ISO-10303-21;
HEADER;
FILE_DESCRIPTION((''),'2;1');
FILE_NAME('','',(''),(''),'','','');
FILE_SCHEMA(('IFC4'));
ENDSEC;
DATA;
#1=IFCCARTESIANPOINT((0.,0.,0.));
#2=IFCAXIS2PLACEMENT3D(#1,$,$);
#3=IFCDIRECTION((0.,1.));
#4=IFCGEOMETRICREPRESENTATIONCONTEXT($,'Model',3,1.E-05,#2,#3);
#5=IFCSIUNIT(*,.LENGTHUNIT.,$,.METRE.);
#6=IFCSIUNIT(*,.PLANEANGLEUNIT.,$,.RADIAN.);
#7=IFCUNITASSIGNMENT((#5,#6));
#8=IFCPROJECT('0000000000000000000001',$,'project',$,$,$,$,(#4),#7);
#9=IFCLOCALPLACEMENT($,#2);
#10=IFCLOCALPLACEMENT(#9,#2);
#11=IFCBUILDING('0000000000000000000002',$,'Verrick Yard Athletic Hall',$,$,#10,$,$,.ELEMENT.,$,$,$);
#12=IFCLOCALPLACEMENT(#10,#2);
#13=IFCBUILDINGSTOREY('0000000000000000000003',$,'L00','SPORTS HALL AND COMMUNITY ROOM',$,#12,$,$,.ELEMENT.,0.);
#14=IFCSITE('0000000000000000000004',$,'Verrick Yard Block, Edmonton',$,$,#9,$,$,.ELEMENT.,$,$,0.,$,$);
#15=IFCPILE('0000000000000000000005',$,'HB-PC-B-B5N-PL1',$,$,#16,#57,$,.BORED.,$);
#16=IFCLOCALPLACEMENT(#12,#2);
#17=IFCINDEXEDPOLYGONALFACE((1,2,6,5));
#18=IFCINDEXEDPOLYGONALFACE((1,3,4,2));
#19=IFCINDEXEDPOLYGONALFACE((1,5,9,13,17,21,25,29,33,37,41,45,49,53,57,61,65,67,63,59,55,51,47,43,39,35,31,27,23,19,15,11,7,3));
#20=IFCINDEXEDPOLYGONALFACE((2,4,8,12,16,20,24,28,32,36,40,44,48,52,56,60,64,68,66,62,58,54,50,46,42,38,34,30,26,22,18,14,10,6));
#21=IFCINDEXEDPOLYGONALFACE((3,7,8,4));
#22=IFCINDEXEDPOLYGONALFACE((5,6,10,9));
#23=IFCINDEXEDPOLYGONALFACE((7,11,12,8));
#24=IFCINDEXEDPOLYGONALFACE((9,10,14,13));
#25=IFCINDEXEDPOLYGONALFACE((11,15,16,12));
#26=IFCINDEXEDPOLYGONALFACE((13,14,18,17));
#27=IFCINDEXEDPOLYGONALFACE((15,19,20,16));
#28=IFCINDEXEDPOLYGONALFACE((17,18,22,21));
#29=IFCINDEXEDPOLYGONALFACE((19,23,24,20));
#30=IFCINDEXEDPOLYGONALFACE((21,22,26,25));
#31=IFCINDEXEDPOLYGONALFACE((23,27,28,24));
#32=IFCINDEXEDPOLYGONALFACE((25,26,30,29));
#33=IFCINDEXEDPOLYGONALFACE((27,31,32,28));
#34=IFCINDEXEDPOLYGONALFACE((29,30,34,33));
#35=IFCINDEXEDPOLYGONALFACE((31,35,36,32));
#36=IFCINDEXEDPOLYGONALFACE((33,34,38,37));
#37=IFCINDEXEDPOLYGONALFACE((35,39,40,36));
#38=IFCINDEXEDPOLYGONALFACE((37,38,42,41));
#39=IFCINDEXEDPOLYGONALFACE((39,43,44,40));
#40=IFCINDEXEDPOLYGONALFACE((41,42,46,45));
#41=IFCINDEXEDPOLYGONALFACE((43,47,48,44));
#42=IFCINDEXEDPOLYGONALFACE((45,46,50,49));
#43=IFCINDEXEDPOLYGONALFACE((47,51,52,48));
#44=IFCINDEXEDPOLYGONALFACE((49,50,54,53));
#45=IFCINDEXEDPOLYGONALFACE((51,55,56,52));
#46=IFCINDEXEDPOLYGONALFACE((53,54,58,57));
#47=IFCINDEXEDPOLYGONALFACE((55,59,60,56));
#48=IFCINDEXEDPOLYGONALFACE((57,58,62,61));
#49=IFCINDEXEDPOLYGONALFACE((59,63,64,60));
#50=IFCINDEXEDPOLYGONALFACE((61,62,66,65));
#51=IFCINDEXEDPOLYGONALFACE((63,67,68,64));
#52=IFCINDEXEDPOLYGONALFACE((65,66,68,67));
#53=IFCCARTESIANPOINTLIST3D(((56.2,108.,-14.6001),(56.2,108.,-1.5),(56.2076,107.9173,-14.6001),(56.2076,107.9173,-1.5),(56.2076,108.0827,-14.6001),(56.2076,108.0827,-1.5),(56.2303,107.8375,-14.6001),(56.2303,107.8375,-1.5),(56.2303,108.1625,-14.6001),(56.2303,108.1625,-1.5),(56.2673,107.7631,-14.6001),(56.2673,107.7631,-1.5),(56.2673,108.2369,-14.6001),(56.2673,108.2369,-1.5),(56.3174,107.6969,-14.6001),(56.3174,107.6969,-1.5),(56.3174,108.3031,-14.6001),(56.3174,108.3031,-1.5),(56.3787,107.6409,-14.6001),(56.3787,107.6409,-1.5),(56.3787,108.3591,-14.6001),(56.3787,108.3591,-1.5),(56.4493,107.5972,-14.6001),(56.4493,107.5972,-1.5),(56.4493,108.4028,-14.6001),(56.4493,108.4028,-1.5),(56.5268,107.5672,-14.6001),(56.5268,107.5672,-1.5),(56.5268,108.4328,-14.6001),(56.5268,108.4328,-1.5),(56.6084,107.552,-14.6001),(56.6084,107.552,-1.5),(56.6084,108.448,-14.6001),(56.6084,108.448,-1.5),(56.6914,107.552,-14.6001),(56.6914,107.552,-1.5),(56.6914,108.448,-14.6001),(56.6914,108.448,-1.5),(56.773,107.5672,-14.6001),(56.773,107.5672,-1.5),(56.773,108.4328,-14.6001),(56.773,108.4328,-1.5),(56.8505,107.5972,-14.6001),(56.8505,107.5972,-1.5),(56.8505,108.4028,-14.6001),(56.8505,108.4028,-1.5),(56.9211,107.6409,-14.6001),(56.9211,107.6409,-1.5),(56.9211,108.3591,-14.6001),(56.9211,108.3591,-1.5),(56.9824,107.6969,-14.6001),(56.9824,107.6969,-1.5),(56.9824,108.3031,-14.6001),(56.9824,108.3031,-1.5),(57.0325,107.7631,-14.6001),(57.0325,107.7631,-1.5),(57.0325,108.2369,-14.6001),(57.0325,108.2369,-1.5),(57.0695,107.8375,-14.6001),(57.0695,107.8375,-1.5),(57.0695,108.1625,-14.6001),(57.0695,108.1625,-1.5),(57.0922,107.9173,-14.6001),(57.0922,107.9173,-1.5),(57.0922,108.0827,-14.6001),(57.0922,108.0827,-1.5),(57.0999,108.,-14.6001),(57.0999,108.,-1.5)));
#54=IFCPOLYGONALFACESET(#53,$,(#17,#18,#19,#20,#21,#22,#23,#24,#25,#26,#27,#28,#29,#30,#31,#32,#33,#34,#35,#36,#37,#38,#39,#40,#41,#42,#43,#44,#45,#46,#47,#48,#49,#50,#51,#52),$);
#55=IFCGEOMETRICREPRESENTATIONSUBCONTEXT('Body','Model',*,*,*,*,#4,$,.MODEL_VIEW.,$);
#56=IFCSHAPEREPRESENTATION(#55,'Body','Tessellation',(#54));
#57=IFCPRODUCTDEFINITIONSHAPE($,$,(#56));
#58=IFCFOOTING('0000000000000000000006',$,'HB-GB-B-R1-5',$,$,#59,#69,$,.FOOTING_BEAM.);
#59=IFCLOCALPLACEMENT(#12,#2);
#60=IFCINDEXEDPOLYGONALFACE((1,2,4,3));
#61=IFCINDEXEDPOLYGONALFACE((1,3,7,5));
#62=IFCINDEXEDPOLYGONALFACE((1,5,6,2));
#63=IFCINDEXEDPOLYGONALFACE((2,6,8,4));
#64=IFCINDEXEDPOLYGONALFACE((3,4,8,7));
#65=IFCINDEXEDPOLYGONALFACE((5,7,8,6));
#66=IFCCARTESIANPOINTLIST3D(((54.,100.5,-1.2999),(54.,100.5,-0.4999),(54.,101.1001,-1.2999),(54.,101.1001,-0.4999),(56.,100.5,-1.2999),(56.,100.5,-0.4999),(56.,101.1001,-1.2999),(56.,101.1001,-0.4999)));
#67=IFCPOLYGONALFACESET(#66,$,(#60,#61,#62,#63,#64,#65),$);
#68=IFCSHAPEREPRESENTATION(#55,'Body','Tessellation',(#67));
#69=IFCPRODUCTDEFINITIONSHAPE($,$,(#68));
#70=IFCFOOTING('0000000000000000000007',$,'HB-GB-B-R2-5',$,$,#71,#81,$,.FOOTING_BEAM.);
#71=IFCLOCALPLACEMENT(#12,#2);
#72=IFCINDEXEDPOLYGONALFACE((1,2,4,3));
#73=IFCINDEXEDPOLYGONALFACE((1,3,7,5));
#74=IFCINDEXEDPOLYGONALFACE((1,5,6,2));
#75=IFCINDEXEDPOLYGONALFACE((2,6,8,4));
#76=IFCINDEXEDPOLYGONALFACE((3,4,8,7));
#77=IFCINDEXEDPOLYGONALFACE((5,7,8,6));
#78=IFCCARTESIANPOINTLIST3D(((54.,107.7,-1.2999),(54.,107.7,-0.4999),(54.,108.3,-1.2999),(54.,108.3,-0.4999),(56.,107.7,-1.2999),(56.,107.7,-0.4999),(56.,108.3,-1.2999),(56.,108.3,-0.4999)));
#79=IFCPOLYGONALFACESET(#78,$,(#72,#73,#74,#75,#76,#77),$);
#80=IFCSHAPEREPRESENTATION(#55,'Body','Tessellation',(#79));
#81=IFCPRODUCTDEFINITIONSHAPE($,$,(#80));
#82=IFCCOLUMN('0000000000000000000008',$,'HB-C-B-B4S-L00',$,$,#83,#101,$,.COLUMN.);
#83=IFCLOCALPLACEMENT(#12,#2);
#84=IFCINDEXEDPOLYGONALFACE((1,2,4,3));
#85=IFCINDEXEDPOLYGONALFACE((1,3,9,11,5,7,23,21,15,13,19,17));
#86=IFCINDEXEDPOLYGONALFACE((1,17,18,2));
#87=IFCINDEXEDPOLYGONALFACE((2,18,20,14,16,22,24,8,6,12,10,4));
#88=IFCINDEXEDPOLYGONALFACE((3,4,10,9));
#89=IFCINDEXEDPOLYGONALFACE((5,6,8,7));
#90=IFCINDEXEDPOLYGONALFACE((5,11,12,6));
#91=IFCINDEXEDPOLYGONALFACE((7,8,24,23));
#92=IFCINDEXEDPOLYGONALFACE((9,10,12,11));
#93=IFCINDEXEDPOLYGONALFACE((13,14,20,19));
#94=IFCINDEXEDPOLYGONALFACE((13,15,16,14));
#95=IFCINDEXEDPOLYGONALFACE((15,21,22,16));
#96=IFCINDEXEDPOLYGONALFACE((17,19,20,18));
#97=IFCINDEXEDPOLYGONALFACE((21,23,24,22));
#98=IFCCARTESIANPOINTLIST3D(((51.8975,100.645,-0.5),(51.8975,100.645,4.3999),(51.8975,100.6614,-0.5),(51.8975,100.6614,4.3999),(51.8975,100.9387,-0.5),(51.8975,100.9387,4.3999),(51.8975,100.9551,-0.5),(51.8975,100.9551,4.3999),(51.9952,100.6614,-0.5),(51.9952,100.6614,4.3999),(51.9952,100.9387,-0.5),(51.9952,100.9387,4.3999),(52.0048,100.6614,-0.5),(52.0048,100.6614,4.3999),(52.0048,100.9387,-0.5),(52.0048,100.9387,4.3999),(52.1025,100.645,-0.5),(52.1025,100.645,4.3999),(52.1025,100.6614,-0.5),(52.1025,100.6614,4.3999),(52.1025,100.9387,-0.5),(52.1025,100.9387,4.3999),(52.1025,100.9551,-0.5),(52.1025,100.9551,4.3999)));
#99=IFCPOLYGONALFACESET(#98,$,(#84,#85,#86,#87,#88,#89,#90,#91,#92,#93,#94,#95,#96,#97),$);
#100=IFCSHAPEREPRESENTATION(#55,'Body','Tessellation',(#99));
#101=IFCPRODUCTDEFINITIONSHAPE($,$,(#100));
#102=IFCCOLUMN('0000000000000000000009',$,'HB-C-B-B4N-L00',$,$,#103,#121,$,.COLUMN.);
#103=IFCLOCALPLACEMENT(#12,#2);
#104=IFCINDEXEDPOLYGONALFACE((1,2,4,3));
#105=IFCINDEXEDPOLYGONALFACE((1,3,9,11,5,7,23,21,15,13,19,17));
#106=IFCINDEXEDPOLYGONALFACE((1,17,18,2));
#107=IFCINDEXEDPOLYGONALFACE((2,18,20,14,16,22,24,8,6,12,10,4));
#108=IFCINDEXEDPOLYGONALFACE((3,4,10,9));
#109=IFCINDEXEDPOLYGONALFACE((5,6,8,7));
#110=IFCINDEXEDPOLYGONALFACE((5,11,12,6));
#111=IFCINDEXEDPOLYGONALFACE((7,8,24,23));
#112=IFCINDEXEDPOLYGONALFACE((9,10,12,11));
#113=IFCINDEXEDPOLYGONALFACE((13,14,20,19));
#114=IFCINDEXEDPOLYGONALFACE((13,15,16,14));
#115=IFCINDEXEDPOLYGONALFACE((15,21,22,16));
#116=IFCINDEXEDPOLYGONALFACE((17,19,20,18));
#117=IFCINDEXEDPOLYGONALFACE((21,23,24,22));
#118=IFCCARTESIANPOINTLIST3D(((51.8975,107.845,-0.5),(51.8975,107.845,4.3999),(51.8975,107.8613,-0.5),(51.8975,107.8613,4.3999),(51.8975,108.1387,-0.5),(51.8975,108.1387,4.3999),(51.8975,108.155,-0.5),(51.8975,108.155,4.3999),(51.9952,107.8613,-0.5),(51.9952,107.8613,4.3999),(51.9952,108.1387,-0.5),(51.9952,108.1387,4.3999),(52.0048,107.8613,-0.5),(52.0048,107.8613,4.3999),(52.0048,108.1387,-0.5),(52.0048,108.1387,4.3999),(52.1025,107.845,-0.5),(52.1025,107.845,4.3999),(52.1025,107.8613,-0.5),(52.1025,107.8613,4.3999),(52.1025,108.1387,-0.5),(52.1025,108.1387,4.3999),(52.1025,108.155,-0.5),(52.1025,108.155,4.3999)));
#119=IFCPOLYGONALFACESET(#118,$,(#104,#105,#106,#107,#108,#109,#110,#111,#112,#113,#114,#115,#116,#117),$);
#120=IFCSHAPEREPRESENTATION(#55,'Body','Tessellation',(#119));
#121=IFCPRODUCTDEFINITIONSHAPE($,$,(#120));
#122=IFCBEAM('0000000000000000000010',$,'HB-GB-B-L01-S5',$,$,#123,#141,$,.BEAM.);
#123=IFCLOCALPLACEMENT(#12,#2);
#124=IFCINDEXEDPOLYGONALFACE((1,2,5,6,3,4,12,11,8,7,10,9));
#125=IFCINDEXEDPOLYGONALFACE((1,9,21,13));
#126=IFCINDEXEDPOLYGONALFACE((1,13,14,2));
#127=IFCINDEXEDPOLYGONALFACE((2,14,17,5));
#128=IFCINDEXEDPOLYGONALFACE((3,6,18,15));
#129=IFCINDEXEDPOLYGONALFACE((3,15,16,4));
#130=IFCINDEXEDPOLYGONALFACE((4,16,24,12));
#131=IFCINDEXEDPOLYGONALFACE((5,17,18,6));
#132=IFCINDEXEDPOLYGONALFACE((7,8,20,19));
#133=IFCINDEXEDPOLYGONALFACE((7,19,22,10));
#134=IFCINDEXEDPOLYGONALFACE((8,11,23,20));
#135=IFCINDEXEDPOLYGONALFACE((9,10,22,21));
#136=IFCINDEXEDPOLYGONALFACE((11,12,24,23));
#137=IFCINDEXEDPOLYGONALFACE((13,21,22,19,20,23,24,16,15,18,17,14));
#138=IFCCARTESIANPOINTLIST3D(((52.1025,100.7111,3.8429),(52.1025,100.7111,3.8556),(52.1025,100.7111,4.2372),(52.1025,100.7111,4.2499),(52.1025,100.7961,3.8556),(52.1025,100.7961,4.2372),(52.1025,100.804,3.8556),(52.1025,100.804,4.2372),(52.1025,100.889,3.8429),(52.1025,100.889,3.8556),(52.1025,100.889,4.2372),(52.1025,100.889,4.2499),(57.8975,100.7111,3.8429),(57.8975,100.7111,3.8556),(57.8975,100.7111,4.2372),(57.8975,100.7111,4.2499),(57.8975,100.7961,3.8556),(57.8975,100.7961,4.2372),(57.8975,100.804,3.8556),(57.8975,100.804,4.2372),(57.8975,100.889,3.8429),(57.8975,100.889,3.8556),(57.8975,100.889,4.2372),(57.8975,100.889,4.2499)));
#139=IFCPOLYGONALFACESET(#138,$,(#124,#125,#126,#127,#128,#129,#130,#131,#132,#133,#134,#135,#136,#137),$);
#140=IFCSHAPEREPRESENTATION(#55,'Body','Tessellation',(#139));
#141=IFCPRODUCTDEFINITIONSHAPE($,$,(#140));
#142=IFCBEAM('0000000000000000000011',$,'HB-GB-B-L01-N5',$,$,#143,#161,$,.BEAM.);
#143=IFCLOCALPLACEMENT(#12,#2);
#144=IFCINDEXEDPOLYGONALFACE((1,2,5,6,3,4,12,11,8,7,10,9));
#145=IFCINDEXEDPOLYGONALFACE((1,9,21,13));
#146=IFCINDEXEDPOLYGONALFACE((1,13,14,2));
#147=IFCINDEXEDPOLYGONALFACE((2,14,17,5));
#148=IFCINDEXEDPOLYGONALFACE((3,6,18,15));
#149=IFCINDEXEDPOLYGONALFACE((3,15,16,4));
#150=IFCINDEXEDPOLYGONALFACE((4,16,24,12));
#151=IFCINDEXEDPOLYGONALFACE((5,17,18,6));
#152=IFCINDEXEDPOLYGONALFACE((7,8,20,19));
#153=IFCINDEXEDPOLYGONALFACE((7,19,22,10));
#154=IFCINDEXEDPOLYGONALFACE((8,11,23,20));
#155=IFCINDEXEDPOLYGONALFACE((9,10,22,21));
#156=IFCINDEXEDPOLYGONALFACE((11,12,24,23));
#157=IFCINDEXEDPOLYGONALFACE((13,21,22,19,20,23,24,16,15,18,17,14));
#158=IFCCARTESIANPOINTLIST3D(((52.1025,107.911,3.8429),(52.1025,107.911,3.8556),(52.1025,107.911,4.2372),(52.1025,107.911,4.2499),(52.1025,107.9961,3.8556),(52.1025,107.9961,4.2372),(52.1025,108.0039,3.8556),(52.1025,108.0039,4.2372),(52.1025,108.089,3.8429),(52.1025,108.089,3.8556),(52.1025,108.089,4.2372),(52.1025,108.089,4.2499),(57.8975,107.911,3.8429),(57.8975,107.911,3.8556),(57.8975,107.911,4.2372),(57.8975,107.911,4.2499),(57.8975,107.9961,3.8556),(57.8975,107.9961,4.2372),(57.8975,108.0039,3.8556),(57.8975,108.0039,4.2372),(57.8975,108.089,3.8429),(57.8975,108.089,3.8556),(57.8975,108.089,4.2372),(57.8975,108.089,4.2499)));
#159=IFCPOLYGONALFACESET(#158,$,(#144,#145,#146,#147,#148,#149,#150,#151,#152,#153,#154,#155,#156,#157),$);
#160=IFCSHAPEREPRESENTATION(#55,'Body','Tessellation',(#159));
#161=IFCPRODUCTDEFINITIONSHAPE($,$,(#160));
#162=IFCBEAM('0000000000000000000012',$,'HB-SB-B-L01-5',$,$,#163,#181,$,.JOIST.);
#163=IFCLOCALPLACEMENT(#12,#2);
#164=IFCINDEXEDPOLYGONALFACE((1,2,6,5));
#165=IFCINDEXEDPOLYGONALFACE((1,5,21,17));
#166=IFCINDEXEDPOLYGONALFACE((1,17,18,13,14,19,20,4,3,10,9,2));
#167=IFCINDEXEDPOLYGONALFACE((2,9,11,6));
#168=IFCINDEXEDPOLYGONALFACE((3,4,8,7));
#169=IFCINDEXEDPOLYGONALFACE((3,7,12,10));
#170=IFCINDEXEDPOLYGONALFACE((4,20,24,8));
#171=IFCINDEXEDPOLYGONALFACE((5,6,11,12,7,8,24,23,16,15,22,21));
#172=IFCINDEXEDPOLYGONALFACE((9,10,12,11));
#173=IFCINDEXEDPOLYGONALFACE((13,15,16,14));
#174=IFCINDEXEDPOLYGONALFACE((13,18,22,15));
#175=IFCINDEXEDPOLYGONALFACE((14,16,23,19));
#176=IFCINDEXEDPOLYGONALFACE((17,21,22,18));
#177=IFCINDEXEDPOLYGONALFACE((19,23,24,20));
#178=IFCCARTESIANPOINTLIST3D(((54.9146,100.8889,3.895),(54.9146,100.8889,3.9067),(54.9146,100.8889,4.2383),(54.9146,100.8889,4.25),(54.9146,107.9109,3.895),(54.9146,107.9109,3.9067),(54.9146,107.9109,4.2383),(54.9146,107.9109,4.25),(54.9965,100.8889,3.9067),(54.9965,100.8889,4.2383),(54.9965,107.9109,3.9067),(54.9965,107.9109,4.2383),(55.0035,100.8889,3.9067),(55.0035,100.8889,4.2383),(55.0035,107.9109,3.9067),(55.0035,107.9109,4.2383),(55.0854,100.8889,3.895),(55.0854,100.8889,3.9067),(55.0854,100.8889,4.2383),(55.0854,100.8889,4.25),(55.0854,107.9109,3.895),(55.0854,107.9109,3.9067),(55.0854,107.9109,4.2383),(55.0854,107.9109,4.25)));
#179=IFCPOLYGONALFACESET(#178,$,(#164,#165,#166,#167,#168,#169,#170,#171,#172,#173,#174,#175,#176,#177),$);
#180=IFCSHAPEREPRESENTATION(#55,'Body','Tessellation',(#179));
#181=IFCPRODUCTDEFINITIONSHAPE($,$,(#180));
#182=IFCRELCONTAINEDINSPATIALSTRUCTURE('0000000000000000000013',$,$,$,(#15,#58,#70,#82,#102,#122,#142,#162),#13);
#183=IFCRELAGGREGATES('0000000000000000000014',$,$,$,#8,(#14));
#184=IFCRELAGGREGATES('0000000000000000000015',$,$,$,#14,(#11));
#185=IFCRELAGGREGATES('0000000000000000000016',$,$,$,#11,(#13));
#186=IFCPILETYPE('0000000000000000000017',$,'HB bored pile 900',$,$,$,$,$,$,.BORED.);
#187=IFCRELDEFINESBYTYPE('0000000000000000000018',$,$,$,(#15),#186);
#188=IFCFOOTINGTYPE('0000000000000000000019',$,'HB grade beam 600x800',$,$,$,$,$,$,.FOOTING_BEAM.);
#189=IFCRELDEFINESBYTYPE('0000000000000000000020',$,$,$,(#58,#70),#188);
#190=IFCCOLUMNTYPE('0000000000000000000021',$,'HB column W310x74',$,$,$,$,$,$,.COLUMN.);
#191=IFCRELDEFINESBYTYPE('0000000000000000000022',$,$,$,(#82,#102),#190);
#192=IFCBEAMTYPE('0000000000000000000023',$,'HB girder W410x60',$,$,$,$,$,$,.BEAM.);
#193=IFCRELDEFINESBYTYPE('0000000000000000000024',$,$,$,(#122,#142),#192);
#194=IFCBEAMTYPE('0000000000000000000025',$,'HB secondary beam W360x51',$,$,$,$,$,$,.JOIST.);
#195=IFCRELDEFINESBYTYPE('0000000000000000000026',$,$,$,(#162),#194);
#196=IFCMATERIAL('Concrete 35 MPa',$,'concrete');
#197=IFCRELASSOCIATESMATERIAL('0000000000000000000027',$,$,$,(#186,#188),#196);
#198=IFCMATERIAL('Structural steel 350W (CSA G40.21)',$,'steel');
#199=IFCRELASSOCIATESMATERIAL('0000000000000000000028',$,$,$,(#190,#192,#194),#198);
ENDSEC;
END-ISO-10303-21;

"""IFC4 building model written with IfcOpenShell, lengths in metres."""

from ifc_helpers import new_model, si_unit, direction, frame, origin, origin_2d, place, context, subcontext, project, spatial, rectangle, circle, i_section, extrude, material, material_profile, profile_set, type_object, element, save


model = new_model("IFC4")

# Units and contexts
model_context = context("Model", 3, precision=1e-05, world=origin(), true_north=direction((0.0, 1.0)))
body_context = subcontext(model_context, "Body", "Model", "MODEL_VIEW")
ifc_project = project(units=[si_unit("LENGTHUNIT", "METRE"), si_unit("PLANEANGLEUNIT", "RADIAN")], contexts=[model_context])

# Site, building, storey
site_placement = place(None, origin())
site = spatial("IfcSite", under=ifc_project, at=site_placement, Name="Verrick Yard Block, Edmonton", CompositionType="ELEMENT", RefElevation=0.0)
building_placement = place(site_placement, origin())
building = spatial("IfcBuilding", under=site, at=building_placement, Name="Verrick Yard Athletic Hall", CompositionType="ELEMENT")
storey_placement = place(building_placement, origin())
storey = spatial("IfcBuildingStorey", under=building, at=storey_placement, Name="L00", Description="SPORTS HALL AND COMMUNITY ROOM", CompositionType="ELEMENT", Elevation=0.0)

# Pile
ifc_material_1 = material(Name="Concrete 35 MPa", Category="concrete")
ifc_material_profile_1 = material_profile(ifc_material_1, circle(Radius=0.45, at=origin_2d()), Name="Bored pile 900")
ifc_profile_set_1 = profile_set([ifc_material_profile_1], Name="Concrete 35 MPa")
pile_type = type_object("IfcPileType", Name="HB bored pile 900", PredefinedType="BORED", material=ifc_profile_set_1)
for number, where, z_axis, x_axis, name in (
    (1, (56.6499, 108.0, -1.5), (0.0, 0.0, -1.0), (1.0, 0.0, 0.0), "HB-PC-B-B5N-PL1"),
):
    element("IfcPile", number, at=place(storey_placement, frame(where, z_axis=z_axis, x_axis=x_axis)), inside=storey, type_object=pile_type, Name=name, PredefinedType="BORED", context=body_context, shape_type="SweptSolid", body=[
        extrude(circle(Radius=0.45, at=origin_2d()), origin(), (0.0, 0.0, 1.0), 13.1001),
    ])

# Footings
ifc_material_profile_2 = material_profile(ifc_material_1, rectangle(XDim=0.6001, YDim=0.8, at=origin_2d()), Name="Grade beam 600x800")
ifc_profile_set_2 = profile_set([ifc_material_profile_2], Name="Concrete 35 MPa")
footing_type = type_object("IfcFootingType", Name="HB grade beam 600x800", PredefinedType="FOOTING_BEAM", material=ifc_profile_set_2)
for number, where, z_axis, x_axis, name in (
    (2, (54.0, 100.8, -0.8999), (1.0, 0.0, 0.0), (0.0, 1.0, 0.0), "HB-GB-B-R1-5"),
    (3, (54.0, 108.0, -0.8999), (1.0, 0.0, 0.0), (0.0, 1.0, 0.0), "HB-GB-B-R2-5"),
):
    element("IfcFooting", number, at=place(storey_placement, frame(where, z_axis=z_axis, x_axis=x_axis)), inside=storey, type_object=footing_type, Name=name, PredefinedType="FOOTING_BEAM", context=body_context, shape_type="SweptSolid", body=[
        extrude(rectangle(XDim=0.6001, YDim=0.8, at=origin_2d()), origin(), (0.0, 0.0, 1.0), 2.0),
    ])

# Columns
ifc_material_2 = material(Name="Structural steel 350W (CSA G40.21)", Category="steel")
ifc_material_profile_3 = material_profile(ifc_material_2, i_section(OverallWidth=0.2051, OverallDepth=0.3101, WebThickness=0.0095, FlangeThickness=0.0164, at=origin_2d()), Name="W310x74")
ifc_profile_set_3 = profile_set([ifc_material_profile_3], Name="Structural steel 350W (CSA G40.21)")
column_type = type_object("IfcColumnType", Name="HB column W310x74", PredefinedType="COLUMN", material=ifc_profile_set_3)
for number, where, z_axis, x_axis, name in (
    (4, (52.0, 100.8, -0.5), (0.0, 0.0, 1.0), (1.0, 0.0, 0.0), "HB-C-B-B4S-L00"),
    (5, (52.0, 108.0, -0.5), (0.0, 0.0, 1.0), (1.0, 0.0, 0.0), "HB-C-B-B4N-L00"),
):
    element("IfcColumn", number, at=place(storey_placement, frame(where, z_axis=z_axis, x_axis=x_axis)), inside=storey, type_object=column_type, Name=name, PredefinedType="COLUMN", context=body_context, shape_type="SweptSolid", body=[
        extrude(i_section(OverallWidth=0.2051, OverallDepth=0.3101, WebThickness=0.0095, FlangeThickness=0.0164, at=origin_2d()), origin(), (0.0, 0.0, 1.0), 4.8999),
    ])

# Beams
ifc_material_profile_4 = material_profile(ifc_material_2, i_section(OverallWidth=0.178, OverallDepth=0.407, WebThickness=0.0078, FlangeThickness=0.0127, at=origin_2d()), Name="W410x60")
ifc_profile_set_4 = profile_set([ifc_material_profile_4], Name="Structural steel 350W (CSA G40.21)")
beam_type_1 = type_object("IfcBeamType", Name="HB girder W410x60", PredefinedType="BEAM", material=ifc_profile_set_4)
for number, where, z_axis, x_axis, name in (
    (6, (52.1025, 100.8, 4.0464), (1.0, 0.0, 0.0), (0.0, 1.0, 0.0), "HB-GB-B-L01-S5"),
    (7, (52.1025, 108.0, 4.0464), (1.0, 0.0, 0.0), (0.0, 1.0, 0.0), "HB-GB-B-L01-N5"),
):
    element("IfcBeam", number, at=place(storey_placement, frame(where, z_axis=z_axis, x_axis=x_axis)), inside=storey, type_object=beam_type_1, Name=name, PredefinedType="BEAM", context=body_context, shape_type="SweptSolid", body=[
        extrude(i_section(OverallWidth=0.178, OverallDepth=0.407, WebThickness=0.0078, FlangeThickness=0.0127, at=origin_2d()), origin(), (0.0, 0.0, 1.0), 5.7949),
    ])
ifc_material_profile_5 = material_profile(ifc_material_2, i_section(OverallWidth=0.1709, OverallDepth=0.355, WebThickness=0.0071, FlangeThickness=0.0117, at=origin_2d()), Name="W360x51")
ifc_profile_set_5 = profile_set([ifc_material_profile_5], Name="Structural steel 350W (CSA G40.21)")
beam_type_2 = type_object("IfcBeamType", Name="HB secondary beam W360x51", PredefinedType="JOIST", material=ifc_profile_set_5)
beam_1_placement = place(storey_placement, frame((55.0, 100.8889, 4.0725), z_axis=(0.0, 1.0, 0.0), x_axis=(-1.0, 0.0, 0.0)))
element("IfcBeam", 8, at=beam_1_placement, inside=storey, type_object=beam_type_2, Name="HB-SB-B-L01-5", PredefinedType="JOIST", context=body_context, shape_type="SweptSolid", body=[
    extrude(i_section(OverallWidth=0.1709, OverallDepth=0.355, WebThickness=0.0071, FlangeThickness=0.0117, at=origin_2d()), origin(), (0.0, 0.0, 1.0), 7.022),
])

save(model, "model.ifc")
